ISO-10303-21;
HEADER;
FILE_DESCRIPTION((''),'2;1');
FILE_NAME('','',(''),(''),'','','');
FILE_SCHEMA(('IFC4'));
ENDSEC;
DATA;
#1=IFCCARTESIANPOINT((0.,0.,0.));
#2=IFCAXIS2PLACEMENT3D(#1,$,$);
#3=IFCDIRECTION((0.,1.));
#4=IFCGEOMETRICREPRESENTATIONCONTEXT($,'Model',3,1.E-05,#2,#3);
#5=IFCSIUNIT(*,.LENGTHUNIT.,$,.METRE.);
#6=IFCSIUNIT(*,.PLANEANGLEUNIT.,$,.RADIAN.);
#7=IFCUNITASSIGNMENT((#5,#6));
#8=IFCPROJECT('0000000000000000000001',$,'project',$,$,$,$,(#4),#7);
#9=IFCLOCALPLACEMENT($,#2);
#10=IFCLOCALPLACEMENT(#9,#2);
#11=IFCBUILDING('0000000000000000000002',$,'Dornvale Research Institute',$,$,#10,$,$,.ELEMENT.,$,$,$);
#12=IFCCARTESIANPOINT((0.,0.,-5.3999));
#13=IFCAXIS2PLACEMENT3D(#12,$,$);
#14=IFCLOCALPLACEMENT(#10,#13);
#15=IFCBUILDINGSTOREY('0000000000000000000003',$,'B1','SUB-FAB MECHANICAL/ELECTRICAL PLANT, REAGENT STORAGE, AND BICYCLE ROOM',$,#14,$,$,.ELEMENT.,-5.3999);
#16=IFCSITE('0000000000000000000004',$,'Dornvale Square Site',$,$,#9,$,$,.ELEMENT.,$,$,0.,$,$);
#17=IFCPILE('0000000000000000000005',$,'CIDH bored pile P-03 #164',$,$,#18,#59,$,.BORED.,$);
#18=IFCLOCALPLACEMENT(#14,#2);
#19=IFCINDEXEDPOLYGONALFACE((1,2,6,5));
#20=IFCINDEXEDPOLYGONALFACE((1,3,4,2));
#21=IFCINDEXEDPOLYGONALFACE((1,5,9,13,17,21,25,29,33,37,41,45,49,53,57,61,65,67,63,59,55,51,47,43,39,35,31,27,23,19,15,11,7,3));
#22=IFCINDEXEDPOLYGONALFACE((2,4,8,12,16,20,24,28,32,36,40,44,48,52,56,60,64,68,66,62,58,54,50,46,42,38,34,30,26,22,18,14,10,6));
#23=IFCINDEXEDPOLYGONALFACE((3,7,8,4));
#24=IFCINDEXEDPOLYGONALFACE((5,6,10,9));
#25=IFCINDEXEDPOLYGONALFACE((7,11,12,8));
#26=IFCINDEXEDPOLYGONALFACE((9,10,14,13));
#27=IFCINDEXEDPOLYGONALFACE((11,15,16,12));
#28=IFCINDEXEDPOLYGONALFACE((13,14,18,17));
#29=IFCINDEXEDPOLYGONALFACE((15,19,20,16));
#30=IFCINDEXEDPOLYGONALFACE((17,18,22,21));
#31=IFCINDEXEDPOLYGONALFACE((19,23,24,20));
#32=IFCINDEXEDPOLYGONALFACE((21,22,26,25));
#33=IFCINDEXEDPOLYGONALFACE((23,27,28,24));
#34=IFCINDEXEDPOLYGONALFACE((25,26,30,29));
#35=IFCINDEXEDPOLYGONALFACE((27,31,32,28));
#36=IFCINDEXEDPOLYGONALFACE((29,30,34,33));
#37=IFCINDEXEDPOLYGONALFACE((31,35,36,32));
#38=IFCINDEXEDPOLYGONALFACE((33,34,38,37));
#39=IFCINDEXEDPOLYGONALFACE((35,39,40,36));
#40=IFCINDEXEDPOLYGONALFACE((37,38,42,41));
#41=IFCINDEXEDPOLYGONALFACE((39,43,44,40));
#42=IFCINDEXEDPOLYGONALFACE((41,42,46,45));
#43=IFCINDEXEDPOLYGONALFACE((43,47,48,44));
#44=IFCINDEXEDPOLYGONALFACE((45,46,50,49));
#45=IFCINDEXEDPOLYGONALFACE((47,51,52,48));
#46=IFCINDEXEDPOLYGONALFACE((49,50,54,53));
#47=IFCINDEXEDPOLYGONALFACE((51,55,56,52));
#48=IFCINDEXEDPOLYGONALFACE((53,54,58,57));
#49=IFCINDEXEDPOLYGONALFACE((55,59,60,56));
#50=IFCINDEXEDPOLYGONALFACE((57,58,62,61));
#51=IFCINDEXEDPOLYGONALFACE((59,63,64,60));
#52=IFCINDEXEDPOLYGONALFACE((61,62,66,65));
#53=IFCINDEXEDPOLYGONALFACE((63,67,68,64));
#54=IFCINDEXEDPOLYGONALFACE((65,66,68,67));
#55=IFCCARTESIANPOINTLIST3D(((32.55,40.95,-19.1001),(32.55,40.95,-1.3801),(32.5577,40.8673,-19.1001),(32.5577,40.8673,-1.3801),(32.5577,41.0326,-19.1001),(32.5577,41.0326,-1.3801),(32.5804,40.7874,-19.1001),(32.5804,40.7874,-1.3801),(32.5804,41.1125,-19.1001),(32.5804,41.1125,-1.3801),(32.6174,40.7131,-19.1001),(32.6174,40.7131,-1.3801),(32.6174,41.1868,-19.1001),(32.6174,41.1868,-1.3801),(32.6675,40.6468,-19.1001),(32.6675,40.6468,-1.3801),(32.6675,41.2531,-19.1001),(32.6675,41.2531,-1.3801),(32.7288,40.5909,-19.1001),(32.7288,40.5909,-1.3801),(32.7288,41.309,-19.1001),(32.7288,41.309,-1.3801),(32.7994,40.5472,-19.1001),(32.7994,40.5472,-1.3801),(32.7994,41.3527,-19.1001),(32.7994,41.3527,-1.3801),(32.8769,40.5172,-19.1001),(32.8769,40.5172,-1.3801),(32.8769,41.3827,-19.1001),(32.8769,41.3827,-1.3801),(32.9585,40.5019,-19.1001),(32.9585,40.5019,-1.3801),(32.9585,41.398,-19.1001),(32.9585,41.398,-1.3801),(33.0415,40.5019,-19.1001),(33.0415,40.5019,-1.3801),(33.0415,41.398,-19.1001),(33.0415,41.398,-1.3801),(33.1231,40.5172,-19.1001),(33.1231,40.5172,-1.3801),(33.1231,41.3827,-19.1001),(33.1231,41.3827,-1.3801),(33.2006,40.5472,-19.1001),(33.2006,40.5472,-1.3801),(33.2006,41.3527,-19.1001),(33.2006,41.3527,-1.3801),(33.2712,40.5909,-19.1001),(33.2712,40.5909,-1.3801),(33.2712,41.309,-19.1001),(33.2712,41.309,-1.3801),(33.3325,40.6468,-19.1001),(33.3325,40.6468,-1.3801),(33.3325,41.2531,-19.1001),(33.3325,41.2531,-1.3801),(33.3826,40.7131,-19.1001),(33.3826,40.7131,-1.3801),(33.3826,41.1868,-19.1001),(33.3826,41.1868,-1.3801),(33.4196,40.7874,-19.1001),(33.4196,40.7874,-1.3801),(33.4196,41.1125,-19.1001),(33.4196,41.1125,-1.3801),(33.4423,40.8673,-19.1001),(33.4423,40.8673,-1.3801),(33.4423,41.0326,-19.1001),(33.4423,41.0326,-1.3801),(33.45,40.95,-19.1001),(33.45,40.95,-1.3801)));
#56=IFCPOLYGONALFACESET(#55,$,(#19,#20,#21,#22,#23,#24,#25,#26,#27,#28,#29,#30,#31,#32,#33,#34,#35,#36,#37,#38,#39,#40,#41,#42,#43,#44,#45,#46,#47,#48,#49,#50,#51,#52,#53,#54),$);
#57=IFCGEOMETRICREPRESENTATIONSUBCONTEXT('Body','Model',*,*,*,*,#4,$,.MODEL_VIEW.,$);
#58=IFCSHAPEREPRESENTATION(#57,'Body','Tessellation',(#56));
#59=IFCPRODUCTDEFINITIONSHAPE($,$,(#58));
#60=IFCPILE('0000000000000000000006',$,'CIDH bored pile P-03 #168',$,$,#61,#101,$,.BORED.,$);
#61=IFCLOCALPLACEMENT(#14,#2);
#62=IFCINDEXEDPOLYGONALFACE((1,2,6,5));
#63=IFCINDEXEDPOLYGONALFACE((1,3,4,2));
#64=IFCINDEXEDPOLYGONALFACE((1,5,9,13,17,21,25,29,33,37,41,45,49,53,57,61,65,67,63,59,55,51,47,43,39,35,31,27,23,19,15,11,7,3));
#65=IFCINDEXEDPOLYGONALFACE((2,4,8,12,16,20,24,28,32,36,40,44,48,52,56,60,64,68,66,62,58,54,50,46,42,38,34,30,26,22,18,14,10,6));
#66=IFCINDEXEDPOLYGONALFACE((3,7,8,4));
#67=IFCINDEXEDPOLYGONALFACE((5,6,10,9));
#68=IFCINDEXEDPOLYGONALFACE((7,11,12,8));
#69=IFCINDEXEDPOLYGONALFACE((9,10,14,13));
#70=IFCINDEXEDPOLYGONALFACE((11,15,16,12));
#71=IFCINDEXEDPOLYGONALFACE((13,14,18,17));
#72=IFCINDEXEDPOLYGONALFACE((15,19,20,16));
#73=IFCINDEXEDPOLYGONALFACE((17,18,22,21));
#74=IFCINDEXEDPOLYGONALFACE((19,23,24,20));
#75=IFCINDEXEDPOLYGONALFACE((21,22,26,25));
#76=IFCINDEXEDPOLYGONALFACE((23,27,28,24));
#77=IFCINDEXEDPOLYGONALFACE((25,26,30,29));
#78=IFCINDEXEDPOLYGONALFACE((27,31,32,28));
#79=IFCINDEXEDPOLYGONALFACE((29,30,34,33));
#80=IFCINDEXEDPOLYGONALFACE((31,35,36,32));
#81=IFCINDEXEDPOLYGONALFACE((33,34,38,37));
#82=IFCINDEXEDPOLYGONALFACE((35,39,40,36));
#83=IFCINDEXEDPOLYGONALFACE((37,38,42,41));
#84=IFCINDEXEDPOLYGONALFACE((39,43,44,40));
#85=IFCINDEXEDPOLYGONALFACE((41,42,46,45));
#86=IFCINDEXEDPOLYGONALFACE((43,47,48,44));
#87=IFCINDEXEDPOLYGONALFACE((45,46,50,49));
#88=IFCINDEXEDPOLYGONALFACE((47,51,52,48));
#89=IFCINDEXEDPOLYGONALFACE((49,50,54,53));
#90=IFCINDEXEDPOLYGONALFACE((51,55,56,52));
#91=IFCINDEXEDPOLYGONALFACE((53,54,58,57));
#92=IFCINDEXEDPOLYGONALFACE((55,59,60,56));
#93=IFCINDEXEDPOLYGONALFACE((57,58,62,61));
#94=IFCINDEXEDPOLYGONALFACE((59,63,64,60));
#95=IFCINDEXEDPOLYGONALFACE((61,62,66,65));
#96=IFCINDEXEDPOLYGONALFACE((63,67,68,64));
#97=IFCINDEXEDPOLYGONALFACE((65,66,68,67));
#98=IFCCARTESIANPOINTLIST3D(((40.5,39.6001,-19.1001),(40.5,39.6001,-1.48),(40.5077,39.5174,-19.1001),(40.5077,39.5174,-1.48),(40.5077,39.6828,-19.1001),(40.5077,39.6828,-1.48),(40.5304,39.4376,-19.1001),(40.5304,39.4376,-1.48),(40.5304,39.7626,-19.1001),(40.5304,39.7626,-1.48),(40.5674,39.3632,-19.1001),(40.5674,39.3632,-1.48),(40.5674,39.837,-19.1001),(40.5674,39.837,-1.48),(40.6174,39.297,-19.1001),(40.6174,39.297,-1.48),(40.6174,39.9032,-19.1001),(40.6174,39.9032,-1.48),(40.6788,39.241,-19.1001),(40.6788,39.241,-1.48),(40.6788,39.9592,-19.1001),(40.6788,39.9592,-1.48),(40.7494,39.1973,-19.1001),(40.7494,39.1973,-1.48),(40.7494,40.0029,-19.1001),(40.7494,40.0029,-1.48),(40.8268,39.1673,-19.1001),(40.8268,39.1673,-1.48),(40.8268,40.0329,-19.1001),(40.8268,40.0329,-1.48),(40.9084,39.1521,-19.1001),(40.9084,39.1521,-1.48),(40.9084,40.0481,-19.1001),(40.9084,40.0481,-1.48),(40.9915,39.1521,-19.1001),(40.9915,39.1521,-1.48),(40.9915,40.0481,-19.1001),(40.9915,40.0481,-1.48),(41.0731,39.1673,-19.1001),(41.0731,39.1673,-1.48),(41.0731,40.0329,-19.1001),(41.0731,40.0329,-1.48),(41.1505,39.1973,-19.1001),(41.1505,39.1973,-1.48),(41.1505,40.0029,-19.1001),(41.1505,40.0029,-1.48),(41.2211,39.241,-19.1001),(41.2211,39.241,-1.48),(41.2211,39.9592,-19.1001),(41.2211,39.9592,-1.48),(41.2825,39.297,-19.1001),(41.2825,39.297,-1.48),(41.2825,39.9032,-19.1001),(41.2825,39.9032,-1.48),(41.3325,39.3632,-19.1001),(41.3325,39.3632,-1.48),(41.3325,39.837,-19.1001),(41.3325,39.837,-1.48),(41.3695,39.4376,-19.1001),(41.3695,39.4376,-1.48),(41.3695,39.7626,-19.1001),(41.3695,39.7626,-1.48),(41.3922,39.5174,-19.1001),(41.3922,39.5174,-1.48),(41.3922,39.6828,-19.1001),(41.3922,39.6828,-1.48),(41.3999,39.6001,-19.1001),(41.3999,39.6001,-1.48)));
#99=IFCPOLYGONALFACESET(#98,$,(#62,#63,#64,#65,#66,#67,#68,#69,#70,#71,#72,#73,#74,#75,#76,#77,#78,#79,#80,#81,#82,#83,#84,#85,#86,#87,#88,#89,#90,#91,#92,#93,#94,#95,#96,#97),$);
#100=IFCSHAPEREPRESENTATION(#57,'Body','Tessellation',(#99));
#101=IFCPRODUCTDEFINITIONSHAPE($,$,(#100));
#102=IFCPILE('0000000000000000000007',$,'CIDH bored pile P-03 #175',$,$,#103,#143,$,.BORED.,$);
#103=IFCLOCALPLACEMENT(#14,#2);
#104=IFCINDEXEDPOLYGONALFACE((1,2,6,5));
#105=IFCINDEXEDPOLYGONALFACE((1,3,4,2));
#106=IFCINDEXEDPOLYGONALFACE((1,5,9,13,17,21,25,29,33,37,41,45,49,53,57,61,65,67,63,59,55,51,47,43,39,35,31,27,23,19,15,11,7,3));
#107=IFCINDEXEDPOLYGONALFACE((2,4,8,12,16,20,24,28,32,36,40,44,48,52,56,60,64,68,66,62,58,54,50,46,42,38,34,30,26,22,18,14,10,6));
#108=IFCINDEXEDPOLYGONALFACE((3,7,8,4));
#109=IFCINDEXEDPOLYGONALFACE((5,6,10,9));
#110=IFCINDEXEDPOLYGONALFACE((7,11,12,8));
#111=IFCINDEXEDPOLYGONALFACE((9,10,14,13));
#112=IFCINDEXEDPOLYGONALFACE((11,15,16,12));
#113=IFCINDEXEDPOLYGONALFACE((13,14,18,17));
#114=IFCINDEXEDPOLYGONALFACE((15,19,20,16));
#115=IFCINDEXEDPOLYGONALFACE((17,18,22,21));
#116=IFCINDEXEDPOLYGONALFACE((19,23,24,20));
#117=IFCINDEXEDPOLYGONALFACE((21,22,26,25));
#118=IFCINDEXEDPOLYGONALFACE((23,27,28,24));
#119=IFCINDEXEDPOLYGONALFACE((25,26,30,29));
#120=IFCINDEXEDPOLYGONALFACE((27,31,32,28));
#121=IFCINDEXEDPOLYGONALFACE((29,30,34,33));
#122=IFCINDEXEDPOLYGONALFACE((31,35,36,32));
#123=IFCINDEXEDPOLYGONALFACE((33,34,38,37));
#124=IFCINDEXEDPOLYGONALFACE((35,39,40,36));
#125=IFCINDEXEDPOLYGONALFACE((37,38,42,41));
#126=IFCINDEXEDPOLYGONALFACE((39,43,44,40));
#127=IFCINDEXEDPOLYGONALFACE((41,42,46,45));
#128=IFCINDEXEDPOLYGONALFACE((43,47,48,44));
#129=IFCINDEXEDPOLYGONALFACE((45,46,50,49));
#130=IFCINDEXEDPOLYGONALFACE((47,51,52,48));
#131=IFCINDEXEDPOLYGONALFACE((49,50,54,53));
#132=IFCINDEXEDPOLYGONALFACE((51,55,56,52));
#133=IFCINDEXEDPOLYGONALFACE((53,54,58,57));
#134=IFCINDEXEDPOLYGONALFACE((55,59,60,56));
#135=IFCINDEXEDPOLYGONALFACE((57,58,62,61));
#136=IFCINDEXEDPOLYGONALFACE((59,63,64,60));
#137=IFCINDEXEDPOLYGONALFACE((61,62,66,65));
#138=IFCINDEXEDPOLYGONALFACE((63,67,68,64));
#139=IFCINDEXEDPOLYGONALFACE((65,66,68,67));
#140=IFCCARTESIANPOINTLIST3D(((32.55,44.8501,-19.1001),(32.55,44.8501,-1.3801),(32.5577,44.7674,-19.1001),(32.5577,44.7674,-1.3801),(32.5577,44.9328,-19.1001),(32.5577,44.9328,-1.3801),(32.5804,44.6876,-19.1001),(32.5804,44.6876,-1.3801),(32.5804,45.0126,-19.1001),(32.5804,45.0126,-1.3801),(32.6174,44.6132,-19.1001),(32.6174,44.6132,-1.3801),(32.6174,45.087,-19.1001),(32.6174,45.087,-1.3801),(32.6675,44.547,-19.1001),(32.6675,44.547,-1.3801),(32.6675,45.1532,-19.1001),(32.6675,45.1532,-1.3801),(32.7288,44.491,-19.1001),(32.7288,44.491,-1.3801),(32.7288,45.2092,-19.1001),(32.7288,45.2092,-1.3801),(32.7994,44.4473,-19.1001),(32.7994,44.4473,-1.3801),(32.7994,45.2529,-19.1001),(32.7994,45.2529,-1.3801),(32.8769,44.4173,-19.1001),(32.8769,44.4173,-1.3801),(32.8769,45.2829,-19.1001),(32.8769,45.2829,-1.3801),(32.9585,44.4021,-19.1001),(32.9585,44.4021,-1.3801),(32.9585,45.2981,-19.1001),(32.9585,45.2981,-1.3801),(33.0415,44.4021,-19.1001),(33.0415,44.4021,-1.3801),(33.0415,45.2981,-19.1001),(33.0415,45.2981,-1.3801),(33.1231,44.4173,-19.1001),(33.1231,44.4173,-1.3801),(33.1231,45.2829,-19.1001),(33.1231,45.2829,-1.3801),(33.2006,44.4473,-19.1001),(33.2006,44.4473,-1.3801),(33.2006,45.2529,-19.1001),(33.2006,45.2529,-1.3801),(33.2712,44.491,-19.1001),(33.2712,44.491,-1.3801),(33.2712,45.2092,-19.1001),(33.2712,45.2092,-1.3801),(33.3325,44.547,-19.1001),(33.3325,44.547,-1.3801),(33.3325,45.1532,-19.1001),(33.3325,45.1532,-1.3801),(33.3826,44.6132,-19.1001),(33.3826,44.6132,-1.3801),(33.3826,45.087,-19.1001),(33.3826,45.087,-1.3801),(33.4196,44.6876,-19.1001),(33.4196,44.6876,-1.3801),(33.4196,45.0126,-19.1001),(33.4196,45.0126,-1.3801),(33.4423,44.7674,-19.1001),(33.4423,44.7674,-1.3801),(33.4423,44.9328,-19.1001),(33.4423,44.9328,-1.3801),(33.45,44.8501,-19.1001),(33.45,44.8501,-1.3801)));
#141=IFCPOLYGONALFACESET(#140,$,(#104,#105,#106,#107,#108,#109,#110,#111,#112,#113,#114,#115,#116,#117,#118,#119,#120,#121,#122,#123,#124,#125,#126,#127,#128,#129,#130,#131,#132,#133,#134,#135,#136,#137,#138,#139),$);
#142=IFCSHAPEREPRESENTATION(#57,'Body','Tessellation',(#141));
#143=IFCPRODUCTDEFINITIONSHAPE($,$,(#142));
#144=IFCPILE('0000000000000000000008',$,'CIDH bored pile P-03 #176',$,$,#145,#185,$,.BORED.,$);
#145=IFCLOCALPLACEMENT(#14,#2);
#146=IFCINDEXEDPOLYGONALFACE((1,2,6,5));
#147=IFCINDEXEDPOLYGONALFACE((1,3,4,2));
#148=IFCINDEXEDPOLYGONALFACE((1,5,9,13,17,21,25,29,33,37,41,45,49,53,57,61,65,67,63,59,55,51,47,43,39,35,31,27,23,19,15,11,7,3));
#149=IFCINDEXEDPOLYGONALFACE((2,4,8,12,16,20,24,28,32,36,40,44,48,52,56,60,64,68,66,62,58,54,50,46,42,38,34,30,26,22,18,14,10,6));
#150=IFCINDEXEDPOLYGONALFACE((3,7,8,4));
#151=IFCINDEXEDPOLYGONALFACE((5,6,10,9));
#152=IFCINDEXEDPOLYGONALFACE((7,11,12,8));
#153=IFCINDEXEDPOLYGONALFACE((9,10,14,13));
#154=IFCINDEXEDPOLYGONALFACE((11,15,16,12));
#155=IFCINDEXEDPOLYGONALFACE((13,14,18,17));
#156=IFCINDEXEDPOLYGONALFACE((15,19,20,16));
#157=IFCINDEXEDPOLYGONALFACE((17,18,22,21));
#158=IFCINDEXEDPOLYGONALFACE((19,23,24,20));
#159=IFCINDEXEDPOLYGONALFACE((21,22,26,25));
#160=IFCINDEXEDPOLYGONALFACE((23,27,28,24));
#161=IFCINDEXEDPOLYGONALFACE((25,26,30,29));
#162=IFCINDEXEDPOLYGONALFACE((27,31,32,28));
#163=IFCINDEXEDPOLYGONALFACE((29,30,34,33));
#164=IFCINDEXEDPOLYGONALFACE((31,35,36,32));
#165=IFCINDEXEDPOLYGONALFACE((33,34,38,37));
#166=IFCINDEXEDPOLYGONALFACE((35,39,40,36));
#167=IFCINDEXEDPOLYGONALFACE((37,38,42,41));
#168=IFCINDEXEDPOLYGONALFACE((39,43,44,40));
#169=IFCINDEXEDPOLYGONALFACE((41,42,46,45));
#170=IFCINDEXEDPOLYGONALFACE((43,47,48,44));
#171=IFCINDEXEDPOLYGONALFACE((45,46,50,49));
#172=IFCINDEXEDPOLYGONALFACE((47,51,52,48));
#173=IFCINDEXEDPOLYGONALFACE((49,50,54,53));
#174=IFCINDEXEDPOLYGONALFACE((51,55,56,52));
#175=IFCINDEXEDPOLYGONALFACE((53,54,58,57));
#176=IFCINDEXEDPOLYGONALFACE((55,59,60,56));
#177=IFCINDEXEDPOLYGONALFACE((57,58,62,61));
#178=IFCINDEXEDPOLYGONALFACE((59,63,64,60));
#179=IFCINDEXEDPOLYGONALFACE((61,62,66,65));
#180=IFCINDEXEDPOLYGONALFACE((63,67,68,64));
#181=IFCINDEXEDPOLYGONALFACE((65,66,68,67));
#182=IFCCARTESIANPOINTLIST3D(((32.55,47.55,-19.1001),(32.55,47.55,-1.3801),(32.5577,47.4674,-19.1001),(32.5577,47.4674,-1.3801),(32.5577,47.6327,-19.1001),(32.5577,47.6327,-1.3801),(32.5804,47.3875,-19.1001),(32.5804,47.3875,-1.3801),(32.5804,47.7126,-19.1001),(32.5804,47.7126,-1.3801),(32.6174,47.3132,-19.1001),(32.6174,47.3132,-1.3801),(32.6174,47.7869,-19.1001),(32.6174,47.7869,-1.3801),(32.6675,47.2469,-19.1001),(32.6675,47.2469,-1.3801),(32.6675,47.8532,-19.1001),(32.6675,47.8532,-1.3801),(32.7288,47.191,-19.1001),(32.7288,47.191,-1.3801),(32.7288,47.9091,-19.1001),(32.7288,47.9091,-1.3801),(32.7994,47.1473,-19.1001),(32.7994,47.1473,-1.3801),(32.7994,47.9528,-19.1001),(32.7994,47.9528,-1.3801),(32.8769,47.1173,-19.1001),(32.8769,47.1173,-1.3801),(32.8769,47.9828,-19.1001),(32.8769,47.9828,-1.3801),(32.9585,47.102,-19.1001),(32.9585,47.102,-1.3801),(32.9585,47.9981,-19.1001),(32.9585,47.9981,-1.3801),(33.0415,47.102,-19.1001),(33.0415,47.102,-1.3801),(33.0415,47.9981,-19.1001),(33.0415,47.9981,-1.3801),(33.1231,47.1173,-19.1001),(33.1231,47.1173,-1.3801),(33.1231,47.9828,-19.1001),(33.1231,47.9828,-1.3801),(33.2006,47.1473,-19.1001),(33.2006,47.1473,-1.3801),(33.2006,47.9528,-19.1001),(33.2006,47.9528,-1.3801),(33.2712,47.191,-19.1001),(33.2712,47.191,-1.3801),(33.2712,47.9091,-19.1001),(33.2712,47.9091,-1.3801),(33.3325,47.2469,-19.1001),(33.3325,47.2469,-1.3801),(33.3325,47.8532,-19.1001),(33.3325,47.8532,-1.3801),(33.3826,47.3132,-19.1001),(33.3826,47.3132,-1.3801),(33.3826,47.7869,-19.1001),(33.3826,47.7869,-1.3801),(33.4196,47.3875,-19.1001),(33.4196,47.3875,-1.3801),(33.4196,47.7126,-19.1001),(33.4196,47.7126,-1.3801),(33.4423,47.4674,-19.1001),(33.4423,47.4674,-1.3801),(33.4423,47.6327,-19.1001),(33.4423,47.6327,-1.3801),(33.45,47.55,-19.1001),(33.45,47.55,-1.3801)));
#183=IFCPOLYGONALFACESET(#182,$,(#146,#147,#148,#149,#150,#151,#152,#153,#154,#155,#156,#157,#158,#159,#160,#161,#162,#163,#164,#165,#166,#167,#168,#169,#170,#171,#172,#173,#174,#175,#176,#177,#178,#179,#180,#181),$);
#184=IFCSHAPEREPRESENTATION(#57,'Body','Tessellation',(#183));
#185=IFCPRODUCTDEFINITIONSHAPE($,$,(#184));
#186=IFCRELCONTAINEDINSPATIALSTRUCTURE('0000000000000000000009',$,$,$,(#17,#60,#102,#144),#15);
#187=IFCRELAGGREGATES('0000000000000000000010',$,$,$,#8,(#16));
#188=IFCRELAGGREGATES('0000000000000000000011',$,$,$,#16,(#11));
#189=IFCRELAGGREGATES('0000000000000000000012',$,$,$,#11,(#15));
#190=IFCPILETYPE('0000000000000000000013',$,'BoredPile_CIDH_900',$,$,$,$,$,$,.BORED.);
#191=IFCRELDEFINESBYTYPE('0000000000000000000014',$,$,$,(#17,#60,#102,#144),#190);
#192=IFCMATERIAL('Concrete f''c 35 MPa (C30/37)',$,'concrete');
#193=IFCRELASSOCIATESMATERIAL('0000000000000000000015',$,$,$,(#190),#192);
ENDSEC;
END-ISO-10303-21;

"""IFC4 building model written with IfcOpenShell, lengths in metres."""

from ifc_helpers import new_model, si_unit, direction, frame, origin, origin_2d, place, context, subcontext, project, spatial, circle, extrude, material, material_profile, profile_set, type_object, element, save


model = new_model("IFC4")

# Units and contexts
model_context = context("Model", 3, precision=1e-05, world=origin(), true_north=direction((0.0, 1.0)))
body_context = subcontext(model_context, "Body", "Model", "MODEL_VIEW")
ifc_project = project(units=[si_unit("LENGTHUNIT", "METRE"), si_unit("PLANEANGLEUNIT", "RADIAN")], contexts=[model_context])

# Site, building, storey
site_placement = place(None, origin())
site = spatial("IfcSite", under=ifc_project, at=site_placement, Name="Dornvale Square Site", CompositionType="ELEMENT", RefElevation=0.0)
building_placement = place(site_placement, origin())
building = spatial("IfcBuilding", under=site, at=building_placement, Name="Dornvale Research Institute", CompositionType="ELEMENT")
storey_placement = place(building_placement, frame((0.0, 0.0, -5.3999)))
storey = spatial("IfcBuildingStorey", under=building, at=storey_placement, Name="B1", Description="SUB-FAB MECHANICAL/ELECTRICAL PLANT, REAGENT STORAGE, AND BICYCLE ROOM", CompositionType="ELEMENT", Elevation=-5.3999)

# Piles
ifc_material_1 = material(Name="Concrete f'c 35 MPa (C30/37)", Category="concrete")
ifc_material_profile_1 = material_profile(ifc_material_1, circle(Radius=0.45, at=origin_2d()), Name="CIDH PILE D900")
ifc_profile_set_1 = profile_set([ifc_material_profile_1], Name="Concrete f'c 35 MPa (C30/37)")
pile_type = type_object("IfcPileType", Name="BoredPile_CIDH_900", PredefinedType="BORED", material=ifc_profile_set_1)
pile_1_placement = place(storey_placement, frame((33.0, 40.95, -1.3801), z_axis=(0.0, 0.0, -1.0), x_axis=(1.0, 0.0, 0.0)))
element("IfcPile", 1, at=pile_1_placement, inside=storey, type_object=pile_type, Name="CIDH bored pile P-03 #164", PredefinedType="BORED", context=body_context, shape_type="SweptSolid", body=[
    extrude(circle(Radius=0.45, at=origin_2d()), origin(), (0.0, 0.0, 1.0), 17.72),
])
pile_2_placement = place(storey_placement, frame((40.95, 39.6001, -1.48), z_axis=(0.0, 0.0, -1.0), x_axis=(1.0, 0.0, 0.0)))
element("IfcPile", 2, at=pile_2_placement, inside=storey, type_object=pile_type, Name="CIDH bored pile P-03 #168", PredefinedType="BORED", context=body_context, shape_type="SweptSolid", body=[
    extrude(circle(Radius=0.45, at=origin_2d()), origin(), (0.0, 0.0, 1.0), 17.6201),
])
for number, where, z_axis, x_axis, name in (
    (3, (33.0, 44.8501, -1.3801), (0.0, 0.0, -1.0), (1.0, 0.0, 0.0), "CIDH bored pile P-03 #175"),
    (4, (33.0, 47.55, -1.3801), (0.0, 0.0, -1.0), (1.0, 0.0, 0.0), "CIDH bored pile P-03 #176"),
):
    element("IfcPile", number, at=place(storey_placement, frame(where, z_axis=z_axis, x_axis=x_axis)), inside=storey, type_object=pile_type, Name=name, PredefinedType="BORED", context=body_context, shape_type="SweptSolid", body=[
        extrude(circle(Radius=0.45, at=origin_2d()), origin(), (0.0, 0.0, 1.0), 17.72),
    ])

save(model, "model.ifc")
